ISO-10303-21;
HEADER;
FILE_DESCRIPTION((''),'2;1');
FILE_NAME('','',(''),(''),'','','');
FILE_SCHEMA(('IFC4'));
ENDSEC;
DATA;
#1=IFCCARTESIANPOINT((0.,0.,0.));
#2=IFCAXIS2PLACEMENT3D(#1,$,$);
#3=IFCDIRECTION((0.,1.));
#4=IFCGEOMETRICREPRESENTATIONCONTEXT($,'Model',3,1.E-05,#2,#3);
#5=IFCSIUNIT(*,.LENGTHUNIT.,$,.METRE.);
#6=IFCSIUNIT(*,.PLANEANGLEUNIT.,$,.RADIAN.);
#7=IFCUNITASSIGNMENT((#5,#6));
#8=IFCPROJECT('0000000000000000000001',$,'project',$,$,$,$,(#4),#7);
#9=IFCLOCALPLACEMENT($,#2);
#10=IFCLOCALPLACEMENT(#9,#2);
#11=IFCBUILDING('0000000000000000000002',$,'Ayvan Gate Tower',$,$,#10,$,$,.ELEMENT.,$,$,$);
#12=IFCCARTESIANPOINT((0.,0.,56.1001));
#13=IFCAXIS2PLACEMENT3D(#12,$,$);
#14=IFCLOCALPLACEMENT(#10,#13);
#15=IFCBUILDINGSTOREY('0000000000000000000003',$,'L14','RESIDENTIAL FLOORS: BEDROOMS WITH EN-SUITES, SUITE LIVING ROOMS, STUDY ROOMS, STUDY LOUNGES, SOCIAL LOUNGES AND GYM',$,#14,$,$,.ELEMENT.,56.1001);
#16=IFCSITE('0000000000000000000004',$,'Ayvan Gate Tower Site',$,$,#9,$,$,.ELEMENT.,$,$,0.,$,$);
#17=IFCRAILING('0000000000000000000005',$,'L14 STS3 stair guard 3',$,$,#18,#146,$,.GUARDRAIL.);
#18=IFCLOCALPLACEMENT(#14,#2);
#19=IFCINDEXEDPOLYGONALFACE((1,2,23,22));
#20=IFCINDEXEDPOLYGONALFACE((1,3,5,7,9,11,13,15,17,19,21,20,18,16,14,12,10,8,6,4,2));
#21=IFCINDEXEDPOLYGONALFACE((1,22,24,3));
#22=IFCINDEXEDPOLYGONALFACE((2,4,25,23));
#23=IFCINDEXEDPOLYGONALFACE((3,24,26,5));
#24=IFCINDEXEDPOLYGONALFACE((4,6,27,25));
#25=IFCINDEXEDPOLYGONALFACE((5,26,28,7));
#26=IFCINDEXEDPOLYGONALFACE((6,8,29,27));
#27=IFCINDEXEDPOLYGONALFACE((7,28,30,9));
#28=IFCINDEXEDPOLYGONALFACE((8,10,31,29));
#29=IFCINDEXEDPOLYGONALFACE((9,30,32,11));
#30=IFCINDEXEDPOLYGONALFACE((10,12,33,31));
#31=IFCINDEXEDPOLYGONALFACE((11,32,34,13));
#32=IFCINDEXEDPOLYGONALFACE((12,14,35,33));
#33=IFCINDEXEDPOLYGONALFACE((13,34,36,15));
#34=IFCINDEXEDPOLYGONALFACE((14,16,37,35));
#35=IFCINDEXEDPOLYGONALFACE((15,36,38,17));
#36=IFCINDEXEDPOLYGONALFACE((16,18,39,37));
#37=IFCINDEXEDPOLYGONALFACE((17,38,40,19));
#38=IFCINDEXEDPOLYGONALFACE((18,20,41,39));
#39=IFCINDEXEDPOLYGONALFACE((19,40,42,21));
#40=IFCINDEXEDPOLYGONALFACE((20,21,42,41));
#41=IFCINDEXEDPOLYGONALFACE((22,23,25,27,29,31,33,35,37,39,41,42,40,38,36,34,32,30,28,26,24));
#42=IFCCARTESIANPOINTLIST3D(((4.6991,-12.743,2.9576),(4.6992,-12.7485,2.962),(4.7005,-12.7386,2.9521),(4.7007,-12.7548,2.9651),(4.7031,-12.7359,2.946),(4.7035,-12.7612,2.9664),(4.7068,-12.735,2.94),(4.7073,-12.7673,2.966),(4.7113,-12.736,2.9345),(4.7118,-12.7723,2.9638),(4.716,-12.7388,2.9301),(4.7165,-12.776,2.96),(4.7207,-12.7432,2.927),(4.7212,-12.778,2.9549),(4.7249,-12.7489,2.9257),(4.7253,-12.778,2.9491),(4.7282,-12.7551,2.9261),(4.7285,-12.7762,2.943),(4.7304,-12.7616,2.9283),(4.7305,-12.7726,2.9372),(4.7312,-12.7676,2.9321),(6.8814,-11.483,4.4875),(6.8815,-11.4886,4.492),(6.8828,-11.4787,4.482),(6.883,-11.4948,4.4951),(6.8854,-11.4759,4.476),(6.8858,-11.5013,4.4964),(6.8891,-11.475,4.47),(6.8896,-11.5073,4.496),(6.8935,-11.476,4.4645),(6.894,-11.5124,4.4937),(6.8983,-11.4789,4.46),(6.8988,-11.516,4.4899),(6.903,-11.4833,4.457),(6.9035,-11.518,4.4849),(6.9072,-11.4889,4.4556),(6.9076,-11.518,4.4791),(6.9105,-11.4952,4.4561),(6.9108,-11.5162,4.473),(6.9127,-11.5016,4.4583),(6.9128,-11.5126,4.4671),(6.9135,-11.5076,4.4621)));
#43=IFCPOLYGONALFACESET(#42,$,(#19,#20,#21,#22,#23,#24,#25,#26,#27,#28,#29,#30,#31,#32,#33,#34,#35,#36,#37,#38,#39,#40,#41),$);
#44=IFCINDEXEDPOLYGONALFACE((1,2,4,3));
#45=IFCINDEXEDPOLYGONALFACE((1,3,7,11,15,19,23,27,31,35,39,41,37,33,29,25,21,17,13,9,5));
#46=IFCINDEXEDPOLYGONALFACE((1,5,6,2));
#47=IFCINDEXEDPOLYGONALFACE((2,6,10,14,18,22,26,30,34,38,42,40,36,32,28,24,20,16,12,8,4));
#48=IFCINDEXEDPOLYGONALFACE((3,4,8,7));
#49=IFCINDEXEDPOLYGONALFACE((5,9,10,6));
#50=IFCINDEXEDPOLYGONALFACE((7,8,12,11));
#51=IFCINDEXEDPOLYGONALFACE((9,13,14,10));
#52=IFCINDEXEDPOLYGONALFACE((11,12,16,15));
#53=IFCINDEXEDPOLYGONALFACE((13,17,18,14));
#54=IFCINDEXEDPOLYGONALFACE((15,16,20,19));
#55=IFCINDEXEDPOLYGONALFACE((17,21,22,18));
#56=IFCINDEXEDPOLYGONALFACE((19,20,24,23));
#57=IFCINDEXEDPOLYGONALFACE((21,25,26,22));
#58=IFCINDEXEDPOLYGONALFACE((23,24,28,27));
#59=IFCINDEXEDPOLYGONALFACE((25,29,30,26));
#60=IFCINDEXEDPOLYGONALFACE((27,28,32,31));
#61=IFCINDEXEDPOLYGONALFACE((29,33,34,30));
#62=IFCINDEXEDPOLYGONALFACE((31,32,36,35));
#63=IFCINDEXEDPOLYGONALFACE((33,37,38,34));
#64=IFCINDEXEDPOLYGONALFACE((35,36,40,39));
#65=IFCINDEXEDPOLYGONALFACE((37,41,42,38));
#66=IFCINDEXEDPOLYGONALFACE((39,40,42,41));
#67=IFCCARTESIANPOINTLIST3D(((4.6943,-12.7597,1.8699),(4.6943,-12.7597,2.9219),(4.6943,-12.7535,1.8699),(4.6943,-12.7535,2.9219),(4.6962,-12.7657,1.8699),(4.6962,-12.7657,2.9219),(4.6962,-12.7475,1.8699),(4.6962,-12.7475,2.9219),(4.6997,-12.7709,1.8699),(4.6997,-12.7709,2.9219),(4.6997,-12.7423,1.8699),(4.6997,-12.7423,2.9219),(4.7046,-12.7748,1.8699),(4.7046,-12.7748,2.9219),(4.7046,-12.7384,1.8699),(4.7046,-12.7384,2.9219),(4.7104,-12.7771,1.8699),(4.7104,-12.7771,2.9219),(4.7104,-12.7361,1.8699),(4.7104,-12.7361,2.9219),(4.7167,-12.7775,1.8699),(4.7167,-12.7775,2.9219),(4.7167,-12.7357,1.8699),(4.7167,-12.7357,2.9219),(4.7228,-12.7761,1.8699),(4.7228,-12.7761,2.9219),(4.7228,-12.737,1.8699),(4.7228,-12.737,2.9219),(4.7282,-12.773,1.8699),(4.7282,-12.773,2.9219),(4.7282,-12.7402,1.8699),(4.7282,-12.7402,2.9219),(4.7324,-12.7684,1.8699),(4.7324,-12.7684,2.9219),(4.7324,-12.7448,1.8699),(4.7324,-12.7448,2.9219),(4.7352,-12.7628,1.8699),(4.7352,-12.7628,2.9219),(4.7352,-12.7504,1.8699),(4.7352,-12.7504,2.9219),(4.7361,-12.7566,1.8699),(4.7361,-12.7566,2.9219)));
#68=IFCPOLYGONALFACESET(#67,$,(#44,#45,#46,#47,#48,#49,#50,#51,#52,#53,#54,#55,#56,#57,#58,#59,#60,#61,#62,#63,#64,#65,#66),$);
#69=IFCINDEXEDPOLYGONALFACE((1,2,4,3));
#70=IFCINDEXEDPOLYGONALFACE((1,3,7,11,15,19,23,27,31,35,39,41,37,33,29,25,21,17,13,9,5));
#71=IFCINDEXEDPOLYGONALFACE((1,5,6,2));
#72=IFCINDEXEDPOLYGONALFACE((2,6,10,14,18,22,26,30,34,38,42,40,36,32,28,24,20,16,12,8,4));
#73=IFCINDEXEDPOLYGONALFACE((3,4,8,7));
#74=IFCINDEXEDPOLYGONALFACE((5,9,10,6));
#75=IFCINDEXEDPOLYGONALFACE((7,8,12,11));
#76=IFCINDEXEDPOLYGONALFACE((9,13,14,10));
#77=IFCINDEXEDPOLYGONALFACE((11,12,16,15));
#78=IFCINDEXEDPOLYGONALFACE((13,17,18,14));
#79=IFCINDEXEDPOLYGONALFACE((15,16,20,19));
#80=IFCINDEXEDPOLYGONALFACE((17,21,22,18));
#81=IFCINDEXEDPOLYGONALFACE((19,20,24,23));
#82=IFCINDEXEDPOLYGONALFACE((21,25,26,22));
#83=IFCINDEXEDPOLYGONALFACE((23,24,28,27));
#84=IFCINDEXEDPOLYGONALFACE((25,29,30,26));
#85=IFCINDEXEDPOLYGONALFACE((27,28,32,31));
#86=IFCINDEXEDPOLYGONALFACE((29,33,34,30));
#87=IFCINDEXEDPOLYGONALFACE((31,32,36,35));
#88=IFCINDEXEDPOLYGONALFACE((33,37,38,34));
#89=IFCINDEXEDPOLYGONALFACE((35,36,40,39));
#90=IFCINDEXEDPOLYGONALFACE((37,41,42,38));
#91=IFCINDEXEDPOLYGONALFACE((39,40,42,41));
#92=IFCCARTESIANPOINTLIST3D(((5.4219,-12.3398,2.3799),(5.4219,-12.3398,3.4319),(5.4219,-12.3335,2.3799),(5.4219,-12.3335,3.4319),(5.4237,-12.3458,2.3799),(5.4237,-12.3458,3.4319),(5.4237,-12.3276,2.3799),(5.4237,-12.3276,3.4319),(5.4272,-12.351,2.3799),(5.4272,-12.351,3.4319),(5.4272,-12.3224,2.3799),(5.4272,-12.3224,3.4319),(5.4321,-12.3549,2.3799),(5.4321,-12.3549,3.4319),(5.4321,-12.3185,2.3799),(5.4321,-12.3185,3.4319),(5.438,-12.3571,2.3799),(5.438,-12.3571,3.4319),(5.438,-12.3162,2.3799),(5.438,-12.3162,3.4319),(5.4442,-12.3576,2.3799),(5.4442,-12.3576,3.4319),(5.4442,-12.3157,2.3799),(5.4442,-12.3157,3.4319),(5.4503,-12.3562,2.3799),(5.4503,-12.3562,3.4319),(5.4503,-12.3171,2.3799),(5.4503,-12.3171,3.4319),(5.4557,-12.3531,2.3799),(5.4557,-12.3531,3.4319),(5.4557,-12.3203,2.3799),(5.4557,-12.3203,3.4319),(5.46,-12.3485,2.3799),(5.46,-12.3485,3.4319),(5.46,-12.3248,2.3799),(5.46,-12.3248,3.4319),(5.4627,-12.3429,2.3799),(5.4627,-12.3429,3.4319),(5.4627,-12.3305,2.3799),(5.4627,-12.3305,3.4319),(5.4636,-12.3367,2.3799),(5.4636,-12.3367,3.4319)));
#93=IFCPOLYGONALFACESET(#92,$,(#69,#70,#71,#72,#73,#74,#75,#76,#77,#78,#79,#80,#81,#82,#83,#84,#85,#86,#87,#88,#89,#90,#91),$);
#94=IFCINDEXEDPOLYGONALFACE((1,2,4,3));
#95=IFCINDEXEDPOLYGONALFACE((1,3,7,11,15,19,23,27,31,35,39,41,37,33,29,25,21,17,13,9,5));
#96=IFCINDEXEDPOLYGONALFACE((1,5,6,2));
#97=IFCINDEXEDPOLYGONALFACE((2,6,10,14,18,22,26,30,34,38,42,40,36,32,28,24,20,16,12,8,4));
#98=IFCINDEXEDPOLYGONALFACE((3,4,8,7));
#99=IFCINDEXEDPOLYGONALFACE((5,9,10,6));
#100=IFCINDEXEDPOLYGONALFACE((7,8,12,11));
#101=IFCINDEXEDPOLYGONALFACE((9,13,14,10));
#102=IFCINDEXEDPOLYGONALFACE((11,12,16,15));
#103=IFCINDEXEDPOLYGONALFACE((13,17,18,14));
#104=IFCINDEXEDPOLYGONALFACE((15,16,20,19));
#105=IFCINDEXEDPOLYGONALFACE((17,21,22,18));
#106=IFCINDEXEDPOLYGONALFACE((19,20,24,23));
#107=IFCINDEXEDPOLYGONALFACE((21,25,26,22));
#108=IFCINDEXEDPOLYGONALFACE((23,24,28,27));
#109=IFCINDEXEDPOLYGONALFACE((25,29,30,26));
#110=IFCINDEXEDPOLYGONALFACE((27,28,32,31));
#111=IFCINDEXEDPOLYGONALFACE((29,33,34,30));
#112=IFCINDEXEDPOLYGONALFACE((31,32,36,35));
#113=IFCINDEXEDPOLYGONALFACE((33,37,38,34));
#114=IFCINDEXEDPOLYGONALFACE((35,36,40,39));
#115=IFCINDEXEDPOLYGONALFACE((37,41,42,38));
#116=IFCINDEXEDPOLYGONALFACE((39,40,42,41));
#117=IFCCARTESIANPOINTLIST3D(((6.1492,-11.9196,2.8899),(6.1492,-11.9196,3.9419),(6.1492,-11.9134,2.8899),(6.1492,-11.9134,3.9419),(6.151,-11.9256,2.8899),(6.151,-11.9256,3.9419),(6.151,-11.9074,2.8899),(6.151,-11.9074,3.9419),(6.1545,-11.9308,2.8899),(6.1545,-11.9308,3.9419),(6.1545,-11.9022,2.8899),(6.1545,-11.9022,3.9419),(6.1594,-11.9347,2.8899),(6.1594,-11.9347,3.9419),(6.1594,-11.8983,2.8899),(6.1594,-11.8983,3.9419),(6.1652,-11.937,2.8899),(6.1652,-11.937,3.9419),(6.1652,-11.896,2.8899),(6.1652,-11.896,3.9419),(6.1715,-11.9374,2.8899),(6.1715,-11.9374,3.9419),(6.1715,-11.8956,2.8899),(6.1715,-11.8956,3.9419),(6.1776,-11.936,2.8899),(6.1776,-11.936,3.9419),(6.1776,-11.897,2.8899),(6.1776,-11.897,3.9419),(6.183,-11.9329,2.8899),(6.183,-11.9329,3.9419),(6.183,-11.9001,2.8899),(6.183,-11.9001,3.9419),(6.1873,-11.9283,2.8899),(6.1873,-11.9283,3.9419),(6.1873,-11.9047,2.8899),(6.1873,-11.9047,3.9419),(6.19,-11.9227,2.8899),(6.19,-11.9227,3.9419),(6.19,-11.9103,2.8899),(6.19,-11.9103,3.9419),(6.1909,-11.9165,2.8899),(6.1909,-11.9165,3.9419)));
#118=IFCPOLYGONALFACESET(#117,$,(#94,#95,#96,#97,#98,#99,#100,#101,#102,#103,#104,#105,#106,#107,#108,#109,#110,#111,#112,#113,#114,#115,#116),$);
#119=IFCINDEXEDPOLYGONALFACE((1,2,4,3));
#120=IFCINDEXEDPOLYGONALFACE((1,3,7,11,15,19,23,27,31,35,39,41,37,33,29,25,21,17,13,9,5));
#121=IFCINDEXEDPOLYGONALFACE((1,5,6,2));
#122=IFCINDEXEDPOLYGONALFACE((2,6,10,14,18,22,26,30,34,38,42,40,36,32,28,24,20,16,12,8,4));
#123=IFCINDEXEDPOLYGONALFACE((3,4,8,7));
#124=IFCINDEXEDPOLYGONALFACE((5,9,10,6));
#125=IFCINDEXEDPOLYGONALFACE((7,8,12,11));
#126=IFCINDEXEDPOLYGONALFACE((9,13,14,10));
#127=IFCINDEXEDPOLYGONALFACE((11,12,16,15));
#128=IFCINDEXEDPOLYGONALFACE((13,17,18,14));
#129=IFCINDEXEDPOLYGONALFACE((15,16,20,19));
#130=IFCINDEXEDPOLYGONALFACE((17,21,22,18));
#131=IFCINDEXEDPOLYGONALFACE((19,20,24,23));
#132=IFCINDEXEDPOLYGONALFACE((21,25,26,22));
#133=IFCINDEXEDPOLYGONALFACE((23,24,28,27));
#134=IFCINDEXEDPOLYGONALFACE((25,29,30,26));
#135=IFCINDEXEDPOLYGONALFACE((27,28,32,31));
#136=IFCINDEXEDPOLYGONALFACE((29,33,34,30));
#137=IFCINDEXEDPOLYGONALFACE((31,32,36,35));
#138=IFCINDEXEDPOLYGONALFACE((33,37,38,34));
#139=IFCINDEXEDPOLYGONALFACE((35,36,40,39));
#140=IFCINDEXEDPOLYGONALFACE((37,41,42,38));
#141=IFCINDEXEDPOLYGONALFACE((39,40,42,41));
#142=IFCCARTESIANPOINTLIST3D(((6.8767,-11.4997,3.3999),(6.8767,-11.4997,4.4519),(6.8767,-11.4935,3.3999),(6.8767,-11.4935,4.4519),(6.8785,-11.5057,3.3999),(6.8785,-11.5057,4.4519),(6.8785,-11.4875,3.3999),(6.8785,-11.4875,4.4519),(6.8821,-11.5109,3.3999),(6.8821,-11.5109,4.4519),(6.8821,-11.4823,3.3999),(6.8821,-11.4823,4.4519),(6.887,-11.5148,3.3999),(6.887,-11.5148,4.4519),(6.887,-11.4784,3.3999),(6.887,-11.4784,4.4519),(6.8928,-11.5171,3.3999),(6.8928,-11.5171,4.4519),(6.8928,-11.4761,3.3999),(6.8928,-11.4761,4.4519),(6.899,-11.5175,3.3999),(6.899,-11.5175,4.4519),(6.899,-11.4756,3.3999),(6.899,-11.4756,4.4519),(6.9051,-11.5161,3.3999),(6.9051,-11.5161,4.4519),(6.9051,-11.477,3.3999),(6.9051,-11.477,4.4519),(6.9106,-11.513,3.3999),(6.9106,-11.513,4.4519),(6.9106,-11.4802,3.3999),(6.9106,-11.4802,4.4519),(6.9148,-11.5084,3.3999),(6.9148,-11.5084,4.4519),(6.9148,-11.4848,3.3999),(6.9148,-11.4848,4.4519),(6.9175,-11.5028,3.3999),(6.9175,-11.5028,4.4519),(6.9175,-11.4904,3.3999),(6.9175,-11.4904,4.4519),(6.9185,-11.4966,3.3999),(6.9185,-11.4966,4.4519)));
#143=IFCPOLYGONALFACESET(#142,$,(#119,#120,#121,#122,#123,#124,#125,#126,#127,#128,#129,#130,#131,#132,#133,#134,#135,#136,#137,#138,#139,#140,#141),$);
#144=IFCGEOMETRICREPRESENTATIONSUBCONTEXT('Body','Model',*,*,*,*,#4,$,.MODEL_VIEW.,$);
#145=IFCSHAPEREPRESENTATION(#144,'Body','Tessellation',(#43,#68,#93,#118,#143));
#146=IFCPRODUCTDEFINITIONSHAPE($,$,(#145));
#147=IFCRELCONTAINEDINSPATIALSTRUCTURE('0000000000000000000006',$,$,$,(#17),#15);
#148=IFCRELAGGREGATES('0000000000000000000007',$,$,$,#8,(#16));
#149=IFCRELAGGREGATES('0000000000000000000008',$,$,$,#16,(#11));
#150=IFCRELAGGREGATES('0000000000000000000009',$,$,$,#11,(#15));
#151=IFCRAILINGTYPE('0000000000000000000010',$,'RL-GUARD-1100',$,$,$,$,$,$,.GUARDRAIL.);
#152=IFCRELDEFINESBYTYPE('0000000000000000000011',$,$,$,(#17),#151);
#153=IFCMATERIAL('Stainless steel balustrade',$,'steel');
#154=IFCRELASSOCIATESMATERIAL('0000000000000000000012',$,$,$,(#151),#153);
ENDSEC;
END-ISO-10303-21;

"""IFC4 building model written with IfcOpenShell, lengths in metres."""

from ifc_helpers import new_model, si_unit, direction, frame, origin, origin_2d, place, context, subcontext, project, spatial, circle, extrude, material, type_object, element, save


model = new_model("IFC4")

# Units and contexts
model_context = context("Model", 3, precision=1e-05, world=origin(), true_north=direction((0.0, 1.0)))
body_context = subcontext(model_context, "Body", "Model", "MODEL_VIEW")
ifc_project = project(units=[si_unit("LENGTHUNIT", "METRE"), si_unit("PLANEANGLEUNIT", "RADIAN")], contexts=[model_context])

# Site, building, storey
site_placement = place(None, origin())
site = spatial("IfcSite", under=ifc_project, at=site_placement, Name="Ayvan Gate Tower Site", CompositionType="ELEMENT", RefElevation=0.0)
building_placement = place(site_placement, origin())
building = spatial("IfcBuilding", under=site, at=building_placement, Name="Ayvan Gate Tower", CompositionType="ELEMENT")
storey_placement = place(building_placement, frame((0.0, 0.0, 56.1001)))
storey = spatial("IfcBuildingStorey", under=building, at=storey_placement, Name="L14", Description="RESIDENTIAL FLOORS: BEDROOMS WITH EN-SUITES, SUITE LIVING ROOMS, STUDY ROOMS, STUDY LOUNGES, SOCIAL LOUNGES AND GYM", CompositionType="ELEMENT", Elevation=56.1001)

# Railing
ifc_material_1 = material(Name="Stainless steel balustrade", Category="steel")
railing_type_1 = type_object("IfcRailingType", Name="RL-GUARD-1100", PredefinedType="GUARDRAIL", material=ifc_material_1)
railing_1_placement = place(storey_placement, frame((4.7151, -12.7566, 1.8699)))
element("IfcRailing", 1, at=railing_1_placement, inside=storey, type_object=railing_type_1, Name="L14 STS3 stair guard 3", PredefinedType="GUARDRAIL", context=body_context, shape_type="SweptSolid", body=[
    extrude(circle(Radius=0.0239, at=origin_2d()), frame((0.0, 0.0, 1.0762), z_axis=(0.740261, 0.427395, 0.518986), x_axis=(-0.500005, 0.866023, 0.0)), (0.0, 0.0, 1.0), 2.948),
    extrude(circle(Radius=0.021, at=origin_2d()), origin(), (0.0, 0.0, 1.0), 1.052),
    extrude(circle(Radius=0.021, at=origin_2d()), frame((0.7275, 0.4199, 0.51)), (0.0, 0.0, 1.0), 1.052),
    extrude(circle(Radius=0.021, at=origin_2d()), frame((1.4548, 0.8401, 1.02)), (0.0, 0.0, 1.0), 1.052),
    extrude(circle(Radius=0.021, at=origin_2d()), frame((2.1824, 1.26, 1.53)), (0.0, 0.0, 1.0), 1.052),
])

save(model, "model.ifc")
